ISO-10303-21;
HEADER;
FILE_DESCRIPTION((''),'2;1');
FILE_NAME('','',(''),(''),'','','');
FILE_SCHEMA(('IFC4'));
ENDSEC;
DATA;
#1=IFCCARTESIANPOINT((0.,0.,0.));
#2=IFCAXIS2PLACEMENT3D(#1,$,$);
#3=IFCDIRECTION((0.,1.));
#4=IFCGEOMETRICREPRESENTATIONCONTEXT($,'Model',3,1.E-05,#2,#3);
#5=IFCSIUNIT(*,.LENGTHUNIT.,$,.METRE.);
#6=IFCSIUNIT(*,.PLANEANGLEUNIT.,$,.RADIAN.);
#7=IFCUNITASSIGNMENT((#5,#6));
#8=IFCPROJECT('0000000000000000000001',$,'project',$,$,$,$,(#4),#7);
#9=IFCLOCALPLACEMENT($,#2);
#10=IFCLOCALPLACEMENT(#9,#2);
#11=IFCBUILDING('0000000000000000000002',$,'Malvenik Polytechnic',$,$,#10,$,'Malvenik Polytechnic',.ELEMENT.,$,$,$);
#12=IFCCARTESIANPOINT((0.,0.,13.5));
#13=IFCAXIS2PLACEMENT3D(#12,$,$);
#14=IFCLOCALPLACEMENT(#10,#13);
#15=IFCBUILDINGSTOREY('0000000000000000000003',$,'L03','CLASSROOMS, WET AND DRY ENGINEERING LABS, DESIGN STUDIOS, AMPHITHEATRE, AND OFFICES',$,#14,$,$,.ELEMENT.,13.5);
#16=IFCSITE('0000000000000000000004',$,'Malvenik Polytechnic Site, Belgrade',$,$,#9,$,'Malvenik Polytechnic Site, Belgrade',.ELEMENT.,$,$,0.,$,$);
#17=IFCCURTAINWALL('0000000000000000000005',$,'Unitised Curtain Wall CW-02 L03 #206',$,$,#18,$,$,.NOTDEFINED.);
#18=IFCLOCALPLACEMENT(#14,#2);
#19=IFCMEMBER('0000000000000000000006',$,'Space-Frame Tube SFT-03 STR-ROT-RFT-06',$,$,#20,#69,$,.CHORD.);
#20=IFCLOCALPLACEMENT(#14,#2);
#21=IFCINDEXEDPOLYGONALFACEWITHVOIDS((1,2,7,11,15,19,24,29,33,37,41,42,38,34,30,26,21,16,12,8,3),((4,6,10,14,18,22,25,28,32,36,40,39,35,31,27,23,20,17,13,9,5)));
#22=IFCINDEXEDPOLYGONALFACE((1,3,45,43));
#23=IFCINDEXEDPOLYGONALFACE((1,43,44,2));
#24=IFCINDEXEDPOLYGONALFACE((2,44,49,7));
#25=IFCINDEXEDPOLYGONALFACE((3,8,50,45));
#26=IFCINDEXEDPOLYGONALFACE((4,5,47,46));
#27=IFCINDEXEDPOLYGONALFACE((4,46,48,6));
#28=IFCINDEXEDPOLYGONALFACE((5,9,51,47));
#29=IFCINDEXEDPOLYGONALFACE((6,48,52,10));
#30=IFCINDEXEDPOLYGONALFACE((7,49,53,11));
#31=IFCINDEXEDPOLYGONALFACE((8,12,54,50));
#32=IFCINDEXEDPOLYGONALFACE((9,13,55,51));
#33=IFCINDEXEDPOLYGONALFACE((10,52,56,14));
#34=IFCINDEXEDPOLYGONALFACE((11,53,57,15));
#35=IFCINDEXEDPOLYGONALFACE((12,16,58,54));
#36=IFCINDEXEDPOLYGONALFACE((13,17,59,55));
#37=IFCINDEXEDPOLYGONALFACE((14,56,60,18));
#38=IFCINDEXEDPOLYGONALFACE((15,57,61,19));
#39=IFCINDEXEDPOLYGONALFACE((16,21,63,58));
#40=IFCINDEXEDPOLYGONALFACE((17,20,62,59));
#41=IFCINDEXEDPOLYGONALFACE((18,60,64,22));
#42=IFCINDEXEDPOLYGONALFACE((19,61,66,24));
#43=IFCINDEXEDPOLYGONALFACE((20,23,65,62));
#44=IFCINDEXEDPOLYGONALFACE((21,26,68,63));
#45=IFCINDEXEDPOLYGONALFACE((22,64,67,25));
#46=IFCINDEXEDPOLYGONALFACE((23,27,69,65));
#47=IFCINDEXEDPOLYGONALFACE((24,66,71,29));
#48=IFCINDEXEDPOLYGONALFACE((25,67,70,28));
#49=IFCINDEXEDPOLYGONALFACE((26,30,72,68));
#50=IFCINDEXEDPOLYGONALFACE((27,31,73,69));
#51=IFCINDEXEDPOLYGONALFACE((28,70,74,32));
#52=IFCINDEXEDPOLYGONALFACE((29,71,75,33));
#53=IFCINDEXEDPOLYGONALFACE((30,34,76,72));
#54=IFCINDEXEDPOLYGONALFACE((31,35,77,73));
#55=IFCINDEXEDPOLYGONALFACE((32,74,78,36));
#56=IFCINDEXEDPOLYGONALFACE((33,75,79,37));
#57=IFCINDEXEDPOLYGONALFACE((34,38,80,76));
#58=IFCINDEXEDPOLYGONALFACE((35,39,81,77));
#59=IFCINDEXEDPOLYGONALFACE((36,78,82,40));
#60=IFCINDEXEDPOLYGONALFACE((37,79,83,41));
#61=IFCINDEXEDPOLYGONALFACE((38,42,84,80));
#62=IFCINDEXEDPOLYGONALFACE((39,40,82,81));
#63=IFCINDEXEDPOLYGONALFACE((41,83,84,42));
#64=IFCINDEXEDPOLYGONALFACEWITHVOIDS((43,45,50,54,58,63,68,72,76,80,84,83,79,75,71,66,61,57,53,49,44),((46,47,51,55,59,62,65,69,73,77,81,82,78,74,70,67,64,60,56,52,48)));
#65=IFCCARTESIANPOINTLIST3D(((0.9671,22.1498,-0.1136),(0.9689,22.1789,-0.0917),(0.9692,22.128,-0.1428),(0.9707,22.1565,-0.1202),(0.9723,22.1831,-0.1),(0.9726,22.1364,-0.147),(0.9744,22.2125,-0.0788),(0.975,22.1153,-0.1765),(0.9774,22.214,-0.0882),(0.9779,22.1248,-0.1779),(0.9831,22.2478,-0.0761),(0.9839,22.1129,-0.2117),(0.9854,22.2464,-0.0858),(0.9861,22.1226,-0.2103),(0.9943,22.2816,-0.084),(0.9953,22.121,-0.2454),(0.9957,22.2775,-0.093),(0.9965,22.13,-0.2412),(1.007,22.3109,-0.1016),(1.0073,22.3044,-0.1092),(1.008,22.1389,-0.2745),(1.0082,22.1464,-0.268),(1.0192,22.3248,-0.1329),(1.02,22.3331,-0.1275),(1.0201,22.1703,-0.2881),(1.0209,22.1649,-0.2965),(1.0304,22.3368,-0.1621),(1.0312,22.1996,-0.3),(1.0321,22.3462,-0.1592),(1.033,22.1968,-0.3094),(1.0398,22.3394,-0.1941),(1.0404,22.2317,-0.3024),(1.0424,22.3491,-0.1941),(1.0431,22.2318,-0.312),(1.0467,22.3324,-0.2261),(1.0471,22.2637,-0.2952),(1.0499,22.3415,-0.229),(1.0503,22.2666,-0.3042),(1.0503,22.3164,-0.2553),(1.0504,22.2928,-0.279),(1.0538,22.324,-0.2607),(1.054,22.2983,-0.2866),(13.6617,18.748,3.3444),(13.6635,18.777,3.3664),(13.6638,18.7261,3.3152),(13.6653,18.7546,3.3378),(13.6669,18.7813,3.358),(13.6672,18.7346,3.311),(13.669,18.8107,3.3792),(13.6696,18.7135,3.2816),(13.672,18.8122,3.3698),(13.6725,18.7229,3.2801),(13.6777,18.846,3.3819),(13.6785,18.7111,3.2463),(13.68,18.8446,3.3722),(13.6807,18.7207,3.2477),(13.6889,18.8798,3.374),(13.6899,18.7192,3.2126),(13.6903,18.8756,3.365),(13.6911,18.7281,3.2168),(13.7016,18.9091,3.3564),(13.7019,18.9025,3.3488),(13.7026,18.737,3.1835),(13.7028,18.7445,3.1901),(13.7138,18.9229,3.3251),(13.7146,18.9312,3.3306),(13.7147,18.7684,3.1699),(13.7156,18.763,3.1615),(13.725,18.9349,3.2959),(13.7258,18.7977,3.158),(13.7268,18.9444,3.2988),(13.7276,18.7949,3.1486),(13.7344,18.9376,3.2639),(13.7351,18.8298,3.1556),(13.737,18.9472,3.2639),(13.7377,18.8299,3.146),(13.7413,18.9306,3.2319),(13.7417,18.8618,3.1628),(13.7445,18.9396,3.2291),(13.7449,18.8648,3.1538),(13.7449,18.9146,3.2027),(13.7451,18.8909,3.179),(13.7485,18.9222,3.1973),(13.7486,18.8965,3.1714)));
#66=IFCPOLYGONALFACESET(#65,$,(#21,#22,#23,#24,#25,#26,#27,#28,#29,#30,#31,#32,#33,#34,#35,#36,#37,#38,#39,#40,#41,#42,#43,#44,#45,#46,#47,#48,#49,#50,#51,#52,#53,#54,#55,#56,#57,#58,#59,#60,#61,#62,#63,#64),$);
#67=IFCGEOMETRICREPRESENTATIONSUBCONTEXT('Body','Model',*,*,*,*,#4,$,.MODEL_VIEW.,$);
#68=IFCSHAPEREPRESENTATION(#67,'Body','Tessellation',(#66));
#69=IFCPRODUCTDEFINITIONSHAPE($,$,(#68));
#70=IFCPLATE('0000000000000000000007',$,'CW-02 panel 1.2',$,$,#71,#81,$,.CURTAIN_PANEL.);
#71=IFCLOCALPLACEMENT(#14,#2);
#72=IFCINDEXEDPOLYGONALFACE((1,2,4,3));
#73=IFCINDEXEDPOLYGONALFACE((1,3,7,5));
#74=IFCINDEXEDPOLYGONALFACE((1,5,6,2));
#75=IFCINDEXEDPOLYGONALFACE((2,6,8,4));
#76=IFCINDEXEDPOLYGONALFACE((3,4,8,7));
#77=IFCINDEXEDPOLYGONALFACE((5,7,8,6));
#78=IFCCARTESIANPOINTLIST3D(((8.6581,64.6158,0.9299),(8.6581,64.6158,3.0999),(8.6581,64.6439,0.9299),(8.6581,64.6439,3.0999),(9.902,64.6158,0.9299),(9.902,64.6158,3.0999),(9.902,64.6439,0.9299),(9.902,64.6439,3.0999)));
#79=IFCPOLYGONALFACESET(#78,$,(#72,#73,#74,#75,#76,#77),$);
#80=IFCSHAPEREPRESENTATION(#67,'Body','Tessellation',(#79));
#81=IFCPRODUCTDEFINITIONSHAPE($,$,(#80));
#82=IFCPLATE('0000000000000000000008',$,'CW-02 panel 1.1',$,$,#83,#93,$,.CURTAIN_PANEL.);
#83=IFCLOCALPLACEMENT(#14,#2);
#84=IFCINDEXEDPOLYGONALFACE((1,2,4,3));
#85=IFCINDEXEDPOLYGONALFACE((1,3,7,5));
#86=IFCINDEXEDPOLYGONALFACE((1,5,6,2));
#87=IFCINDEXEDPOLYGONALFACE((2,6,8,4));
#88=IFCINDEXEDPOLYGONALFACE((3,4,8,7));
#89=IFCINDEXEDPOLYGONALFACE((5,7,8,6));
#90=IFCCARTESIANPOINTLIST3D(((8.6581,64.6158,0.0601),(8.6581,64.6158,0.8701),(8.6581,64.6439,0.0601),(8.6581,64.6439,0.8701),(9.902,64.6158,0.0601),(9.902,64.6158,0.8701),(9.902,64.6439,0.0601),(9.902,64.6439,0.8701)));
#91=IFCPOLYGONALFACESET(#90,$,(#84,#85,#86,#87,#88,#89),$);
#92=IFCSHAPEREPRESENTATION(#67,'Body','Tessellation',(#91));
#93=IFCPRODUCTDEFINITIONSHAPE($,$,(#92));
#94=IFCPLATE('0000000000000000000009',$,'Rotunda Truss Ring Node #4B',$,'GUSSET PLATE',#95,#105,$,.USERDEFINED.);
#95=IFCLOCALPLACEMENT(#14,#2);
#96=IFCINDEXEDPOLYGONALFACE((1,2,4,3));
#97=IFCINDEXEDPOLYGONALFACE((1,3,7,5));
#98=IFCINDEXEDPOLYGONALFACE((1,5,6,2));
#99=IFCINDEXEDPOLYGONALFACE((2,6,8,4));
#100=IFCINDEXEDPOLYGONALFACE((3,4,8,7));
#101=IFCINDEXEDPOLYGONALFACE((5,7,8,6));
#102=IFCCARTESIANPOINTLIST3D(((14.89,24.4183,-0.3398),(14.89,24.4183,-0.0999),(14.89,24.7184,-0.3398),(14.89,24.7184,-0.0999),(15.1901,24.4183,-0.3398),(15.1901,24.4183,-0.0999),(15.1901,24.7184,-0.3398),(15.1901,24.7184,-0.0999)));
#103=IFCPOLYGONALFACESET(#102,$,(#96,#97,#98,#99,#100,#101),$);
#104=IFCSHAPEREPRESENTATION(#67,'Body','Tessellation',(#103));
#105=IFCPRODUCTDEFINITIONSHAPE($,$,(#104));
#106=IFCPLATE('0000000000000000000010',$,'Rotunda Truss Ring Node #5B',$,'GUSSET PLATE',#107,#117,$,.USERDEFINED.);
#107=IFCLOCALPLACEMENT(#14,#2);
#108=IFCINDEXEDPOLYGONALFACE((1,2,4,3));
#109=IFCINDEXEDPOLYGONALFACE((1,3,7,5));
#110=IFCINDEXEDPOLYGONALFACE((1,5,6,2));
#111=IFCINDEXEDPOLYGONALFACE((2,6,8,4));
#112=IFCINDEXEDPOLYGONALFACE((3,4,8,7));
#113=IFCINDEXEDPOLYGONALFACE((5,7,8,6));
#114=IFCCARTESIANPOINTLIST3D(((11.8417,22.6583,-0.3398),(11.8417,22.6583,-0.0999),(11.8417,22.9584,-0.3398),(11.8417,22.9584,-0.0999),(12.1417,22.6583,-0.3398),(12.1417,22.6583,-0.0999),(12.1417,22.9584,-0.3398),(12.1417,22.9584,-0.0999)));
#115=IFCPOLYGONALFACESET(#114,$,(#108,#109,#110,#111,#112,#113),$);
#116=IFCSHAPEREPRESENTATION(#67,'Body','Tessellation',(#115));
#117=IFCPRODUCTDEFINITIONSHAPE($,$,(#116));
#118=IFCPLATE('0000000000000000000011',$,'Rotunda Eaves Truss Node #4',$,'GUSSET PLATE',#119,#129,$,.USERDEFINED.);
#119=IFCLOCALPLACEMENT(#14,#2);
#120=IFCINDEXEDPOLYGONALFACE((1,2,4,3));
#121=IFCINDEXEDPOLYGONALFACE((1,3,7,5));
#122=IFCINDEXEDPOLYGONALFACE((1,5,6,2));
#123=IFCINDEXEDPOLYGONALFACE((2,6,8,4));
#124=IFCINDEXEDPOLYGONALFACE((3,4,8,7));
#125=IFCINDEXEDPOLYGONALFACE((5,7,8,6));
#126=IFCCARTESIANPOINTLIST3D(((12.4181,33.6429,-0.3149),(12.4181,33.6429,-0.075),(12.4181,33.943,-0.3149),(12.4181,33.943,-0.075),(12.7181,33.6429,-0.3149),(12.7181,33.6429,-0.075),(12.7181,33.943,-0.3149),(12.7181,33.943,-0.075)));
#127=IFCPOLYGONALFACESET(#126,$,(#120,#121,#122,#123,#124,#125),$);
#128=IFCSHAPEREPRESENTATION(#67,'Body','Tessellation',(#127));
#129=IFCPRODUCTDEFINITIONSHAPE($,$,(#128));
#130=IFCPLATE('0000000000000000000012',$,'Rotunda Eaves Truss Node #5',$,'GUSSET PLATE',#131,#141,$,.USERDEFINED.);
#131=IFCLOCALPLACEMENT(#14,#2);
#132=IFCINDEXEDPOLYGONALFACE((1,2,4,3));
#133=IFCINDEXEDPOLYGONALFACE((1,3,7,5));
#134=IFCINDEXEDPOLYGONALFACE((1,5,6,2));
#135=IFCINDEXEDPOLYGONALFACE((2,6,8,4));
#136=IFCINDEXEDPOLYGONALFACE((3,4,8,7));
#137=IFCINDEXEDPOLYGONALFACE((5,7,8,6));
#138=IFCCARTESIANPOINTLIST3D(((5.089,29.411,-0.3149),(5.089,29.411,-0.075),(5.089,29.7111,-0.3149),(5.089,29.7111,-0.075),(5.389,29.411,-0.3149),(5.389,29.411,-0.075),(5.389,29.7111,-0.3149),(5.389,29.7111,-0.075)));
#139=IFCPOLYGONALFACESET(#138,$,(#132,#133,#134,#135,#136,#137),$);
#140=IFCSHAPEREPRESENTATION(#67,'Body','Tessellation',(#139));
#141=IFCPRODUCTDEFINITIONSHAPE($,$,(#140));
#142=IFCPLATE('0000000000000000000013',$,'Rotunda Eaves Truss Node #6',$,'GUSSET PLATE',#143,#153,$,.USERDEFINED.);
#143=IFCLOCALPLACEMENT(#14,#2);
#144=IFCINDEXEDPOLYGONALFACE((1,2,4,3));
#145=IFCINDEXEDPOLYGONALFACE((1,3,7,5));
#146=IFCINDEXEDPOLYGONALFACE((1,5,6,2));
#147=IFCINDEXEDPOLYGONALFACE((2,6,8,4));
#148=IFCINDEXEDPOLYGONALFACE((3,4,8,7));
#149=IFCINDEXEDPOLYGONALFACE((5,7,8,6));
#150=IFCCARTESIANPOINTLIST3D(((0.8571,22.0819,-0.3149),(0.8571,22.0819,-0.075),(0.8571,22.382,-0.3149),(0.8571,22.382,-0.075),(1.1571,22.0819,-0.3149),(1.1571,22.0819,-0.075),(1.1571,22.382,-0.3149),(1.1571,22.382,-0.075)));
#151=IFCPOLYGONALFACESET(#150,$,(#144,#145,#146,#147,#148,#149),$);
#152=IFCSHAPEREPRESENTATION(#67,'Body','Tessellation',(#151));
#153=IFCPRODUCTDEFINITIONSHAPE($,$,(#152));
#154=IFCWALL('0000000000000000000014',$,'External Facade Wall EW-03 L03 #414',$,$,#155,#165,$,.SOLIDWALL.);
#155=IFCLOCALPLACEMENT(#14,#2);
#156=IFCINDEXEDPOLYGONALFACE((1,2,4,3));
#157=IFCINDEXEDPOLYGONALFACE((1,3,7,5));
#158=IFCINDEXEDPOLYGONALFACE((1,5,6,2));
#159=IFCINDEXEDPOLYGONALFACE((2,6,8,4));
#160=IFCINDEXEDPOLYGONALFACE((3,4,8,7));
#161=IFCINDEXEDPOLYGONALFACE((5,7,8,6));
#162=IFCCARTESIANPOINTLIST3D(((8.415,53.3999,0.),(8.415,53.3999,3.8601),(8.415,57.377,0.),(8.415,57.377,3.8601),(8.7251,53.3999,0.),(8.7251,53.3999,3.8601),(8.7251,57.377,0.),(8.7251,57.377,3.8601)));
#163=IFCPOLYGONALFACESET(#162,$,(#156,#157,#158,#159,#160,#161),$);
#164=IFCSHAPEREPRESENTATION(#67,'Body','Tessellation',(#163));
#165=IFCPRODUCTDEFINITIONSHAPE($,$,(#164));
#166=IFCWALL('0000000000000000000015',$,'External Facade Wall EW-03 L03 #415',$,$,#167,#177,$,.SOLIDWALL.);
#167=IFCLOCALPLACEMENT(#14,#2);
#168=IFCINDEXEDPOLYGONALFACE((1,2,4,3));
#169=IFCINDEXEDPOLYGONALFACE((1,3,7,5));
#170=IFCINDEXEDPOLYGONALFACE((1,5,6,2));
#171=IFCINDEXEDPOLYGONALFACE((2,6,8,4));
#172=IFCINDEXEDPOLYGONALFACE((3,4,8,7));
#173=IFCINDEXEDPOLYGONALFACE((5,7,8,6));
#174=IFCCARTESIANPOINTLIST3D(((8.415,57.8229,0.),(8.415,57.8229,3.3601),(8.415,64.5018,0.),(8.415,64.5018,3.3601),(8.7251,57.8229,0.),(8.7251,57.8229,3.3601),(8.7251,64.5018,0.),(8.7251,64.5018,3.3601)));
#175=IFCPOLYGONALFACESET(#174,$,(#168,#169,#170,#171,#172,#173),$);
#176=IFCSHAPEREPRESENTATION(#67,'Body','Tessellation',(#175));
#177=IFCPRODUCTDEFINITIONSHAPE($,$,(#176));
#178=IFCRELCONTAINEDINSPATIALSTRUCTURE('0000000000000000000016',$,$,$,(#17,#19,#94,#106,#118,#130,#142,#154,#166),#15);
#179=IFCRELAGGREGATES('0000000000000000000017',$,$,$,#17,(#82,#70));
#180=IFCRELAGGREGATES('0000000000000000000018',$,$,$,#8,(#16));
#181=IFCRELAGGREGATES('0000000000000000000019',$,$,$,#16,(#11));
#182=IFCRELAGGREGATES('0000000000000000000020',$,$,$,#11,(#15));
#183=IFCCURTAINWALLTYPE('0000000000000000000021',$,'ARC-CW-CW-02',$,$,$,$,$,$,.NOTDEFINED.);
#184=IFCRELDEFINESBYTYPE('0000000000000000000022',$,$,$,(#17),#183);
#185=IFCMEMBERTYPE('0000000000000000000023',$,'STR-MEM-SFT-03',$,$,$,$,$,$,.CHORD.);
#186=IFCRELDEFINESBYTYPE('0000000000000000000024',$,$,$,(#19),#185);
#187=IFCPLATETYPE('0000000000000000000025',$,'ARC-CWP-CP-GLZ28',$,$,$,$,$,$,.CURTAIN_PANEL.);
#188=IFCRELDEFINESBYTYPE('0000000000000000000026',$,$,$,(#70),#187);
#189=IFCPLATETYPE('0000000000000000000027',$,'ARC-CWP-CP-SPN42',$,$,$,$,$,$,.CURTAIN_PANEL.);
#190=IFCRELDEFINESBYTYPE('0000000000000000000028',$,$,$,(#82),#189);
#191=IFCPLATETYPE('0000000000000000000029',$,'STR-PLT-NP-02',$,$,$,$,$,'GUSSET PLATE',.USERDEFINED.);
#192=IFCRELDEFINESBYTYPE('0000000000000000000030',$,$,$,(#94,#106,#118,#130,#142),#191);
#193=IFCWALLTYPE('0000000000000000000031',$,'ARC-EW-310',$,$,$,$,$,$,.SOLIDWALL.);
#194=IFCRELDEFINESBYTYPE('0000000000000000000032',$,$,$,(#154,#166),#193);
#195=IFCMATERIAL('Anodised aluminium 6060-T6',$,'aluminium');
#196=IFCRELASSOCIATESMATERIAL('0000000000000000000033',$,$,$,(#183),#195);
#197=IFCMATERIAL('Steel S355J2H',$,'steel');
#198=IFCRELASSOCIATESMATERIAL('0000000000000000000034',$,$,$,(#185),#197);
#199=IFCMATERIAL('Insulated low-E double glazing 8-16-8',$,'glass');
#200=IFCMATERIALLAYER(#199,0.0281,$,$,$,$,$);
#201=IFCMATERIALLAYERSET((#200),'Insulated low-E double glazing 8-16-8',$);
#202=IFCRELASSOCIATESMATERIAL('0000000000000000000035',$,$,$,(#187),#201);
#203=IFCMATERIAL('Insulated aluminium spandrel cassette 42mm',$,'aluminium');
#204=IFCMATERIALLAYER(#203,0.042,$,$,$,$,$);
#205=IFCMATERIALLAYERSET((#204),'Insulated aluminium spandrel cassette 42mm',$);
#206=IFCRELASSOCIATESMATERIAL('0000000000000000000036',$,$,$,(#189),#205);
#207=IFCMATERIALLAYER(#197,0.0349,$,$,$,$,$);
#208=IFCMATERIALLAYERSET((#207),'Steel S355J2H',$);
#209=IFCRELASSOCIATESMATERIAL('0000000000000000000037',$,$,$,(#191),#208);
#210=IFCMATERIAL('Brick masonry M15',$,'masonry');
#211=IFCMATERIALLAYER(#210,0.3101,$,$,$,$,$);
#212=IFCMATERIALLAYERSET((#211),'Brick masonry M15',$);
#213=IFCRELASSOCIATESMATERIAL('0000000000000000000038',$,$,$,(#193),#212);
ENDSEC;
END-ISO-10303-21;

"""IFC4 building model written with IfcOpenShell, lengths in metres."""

from ifc_helpers import new_model, si_unit, direction, frame, frame_2d, origin, origin_2d, place, context, subcontext, project, spatial, rectangle, hollow_circle, extrude, material, layer, layer_set, material_profile, profile_set, type_object, element, aggregate, save


model = new_model("IFC4")

# Units and contexts
model_context = context("Model", 3, precision=1e-05, world=origin(), true_north=direction((0.0, 1.0)))
body_context = subcontext(model_context, "Body", "Model", "MODEL_VIEW")
ifc_project = project(units=[si_unit("LENGTHUNIT", "METRE"), si_unit("PLANEANGLEUNIT", "RADIAN")], contexts=[model_context])

# Site, building, storey
site_placement = place(None, origin())
site = spatial("IfcSite", under=ifc_project, at=site_placement, Name="Malvenik Polytechnic Site, Belgrade", LongName="Malvenik Polytechnic Site, Belgrade", CompositionType="ELEMENT", RefElevation=0.0)
building_placement = place(site_placement, origin())
building = spatial("IfcBuilding", under=site, at=building_placement, Name="Malvenik Polytechnic", LongName="Malvenik Polytechnic", CompositionType="ELEMENT")
storey_placement = place(building_placement, frame((0.0, 0.0, 13.5)))
storey = spatial("IfcBuildingStorey", under=building, at=storey_placement, Name="L03", Description="CLASSROOMS, WET AND DRY ENGINEERING LABS, DESIGN STUDIOS, AMPHITHEATRE, AND OFFICES", CompositionType="ELEMENT", Elevation=13.5)

# Curtain wall
ifc_material_1 = material(Name="Anodised aluminium 6060-T6", Category="aluminium")
curtain_wall_type = type_object("IfcCurtainWallType", Name="ARC-CW-CW-02", PredefinedType="NOTDEFINED", material=ifc_material_1)
curtain_wall_placement = place(storey_placement, origin())
curtain_wall = element("IfcCurtainWall", 1, at=curtain_wall_placement, inside=storey, type_object=curtain_wall_type, Name="Unitised Curtain Wall CW-02 L03 #206", PredefinedType="NOTDEFINED")

# Member
ifc_material_2 = material(Name="Steel S355J2H", Category="steel")
ifc_material_profile_1 = material_profile(ifc_material_2, hollow_circle(Radius=0.1223, WallThickness=0.01, at=origin_2d()), Name="CHS 244.5x10.0")
ifc_profile_set_1 = profile_set([ifc_material_profile_1], Name="Steel S355J2H")
member_type_1 = type_object("IfcMemberType", Name="STR-MEM-SFT-03", PredefinedType="CHORD", material=ifc_profile_set_1)
member_1_placement = place(storey_placement, frame((1.0107, 22.231, -0.1941), z_axis=(0.934125, -0.250324, 0.254456), x_axis=(0.258844, 0.965919, 0.0)))
element("IfcMember", 2, at=member_1_placement, inside=storey, type_object=member_type_1, Name="Space-Frame Tube SFT-03 STR-ROT-RFT-06", PredefinedType="CHORD", context=body_context, shape_type="SweptSolid", body=[
    extrude(hollow_circle(Radius=0.1223, WallThickness=0.01, at=origin_2d()), origin(), (0.0, 0.0, 1.0), 13.5898),
])

# Plates
ifc_material_3 = material(Name="Insulated low-E double glazing 8-16-8", Category="glass")
ifc_layer_1 = layer(ifc_material_3, 0.0281)
ifc_layer_set_1 = layer_set([ifc_layer_1], Name="Insulated low-E double glazing 8-16-8")
plate_type_1 = type_object("IfcPlateType", Name="ARC-CWP-CP-GLZ28", PredefinedType="CURTAIN_PANEL", material=ifc_layer_set_1)
plate_1_placement = place(storey_placement, frame((9.28, 64.6299, 0.9299), z_axis=(0.0, 0.0, 1.0), x_axis=(1.0, 0.0, 0.0)))
plate_1 = element("IfcPlate", 3, at=plate_1_placement, type_object=plate_type_1, Name="CW-02 panel 1.2", PredefinedType="CURTAIN_PANEL", context=body_context, shape_type="SweptSolid", body=[
    extrude(rectangle(XDim=1.2439, YDim=0.0281, at=origin_2d()), origin(), (0.0, 0.0, 1.0), 2.1699),
])
ifc_material_4 = material(Name="Insulated aluminium spandrel cassette 42mm", Category="aluminium")
ifc_layer_2 = layer(ifc_material_4, 0.042)
ifc_layer_set_2 = layer_set([ifc_layer_2], Name="Insulated aluminium spandrel cassette 42mm")
plate_type_2 = type_object("IfcPlateType", Name="ARC-CWP-CP-SPN42", PredefinedType="CURTAIN_PANEL", material=ifc_layer_set_2)
plate_2_placement = place(storey_placement, frame((9.28, 64.6299, 0.0601), z_axis=(0.0, 0.0, 1.0), x_axis=(1.0, 0.0, 0.0)))
plate_2 = element("IfcPlate", 4, at=plate_2_placement, type_object=plate_type_2, Name="CW-02 panel 1.1", PredefinedType="CURTAIN_PANEL", context=body_context, shape_type="SweptSolid", body=[
    extrude(rectangle(XDim=1.2439, YDim=0.0281, at=origin_2d()), origin(), (0.0, 0.0, 1.0), 0.8101),
])
aggregate(curtain_wall, [plate_2, plate_1])

# Plates
ifc_layer_3 = layer(ifc_material_2, 0.0349)
ifc_layer_set_3 = layer_set([ifc_layer_3], Name="Steel S355J2H")
plate_type_3 = type_object("IfcPlateType", Name="STR-PLT-NP-02", ElementType="GUSSET PLATE", PredefinedType="USERDEFINED", material=ifc_layer_set_3)
for number, where, z_axis, x_axis, name in (
    (5, (15.04, 24.5684, -0.3398), (0.0, 0.0, 1.0), (1.0, 0.0, 0.0), "Rotunda Truss Ring Node #4B"),
    (6, (11.9917, 22.8083, -0.3398), (0.0, 0.0, 1.0), (1.0, 0.0, 0.0), "Rotunda Truss Ring Node #5B"),
    (7, (12.5681, 33.793, -0.3149), (0.0, 0.0, 1.0), (1.0, 0.0, 0.0), "Rotunda Eaves Truss Node #4"),
    (8, (5.239, 29.561, -0.3149), (0.0, 0.0, 1.0), (1.0, 0.0, 0.0), "Rotunda Eaves Truss Node #5"),
    (9, (1.0071, 22.2319, -0.3149), (0.0, 0.0, 1.0), (1.0, 0.0, 0.0), "Rotunda Eaves Truss Node #6"),
):
    element("IfcPlate", number, at=place(storey_placement, frame(where, z_axis=z_axis, x_axis=x_axis)), inside=storey, type_object=plate_type_3, Name=name, ObjectType="GUSSET PLATE", PredefinedType="USERDEFINED", context=body_context, shape_type="SweptSolid", body=[
        extrude(rectangle(XDim=0.3, YDim=0.3, at=origin_2d()), origin(), (0.0, 0.0, 1.0), 0.24),
    ])

# Walls
ifc_material_5 = material(Name="Brick masonry M15", Category="masonry")
ifc_layer_4 = layer(ifc_material_5, 0.3101)
ifc_layer_set_4 = layer_set([ifc_layer_4], Name="Brick masonry M15")
wall_type_1 = type_object("IfcWallType", Name="ARC-EW-310", PredefinedType="SOLIDWALL", material=ifc_layer_set_4)
wall_1_placement = place(storey_placement, frame((8.5701, 53.3999, 0.0), z_axis=(0.0, 0.0, 1.0), x_axis=(0.0, 1.0, 0.0)))
element("IfcWall", 10, at=wall_1_placement, inside=storey, type_object=wall_type_1, Name="External Facade Wall EW-03 L03 #414", PredefinedType="SOLIDWALL", context=body_context, shape_type="SweptSolid", body=[
    extrude(rectangle(XDim=3.9771, YDim=0.3101, at=frame_2d((1.9885, 0.0))), origin(), (0.0, 0.0, 1.0), 3.8601),
])
wall_2_placement = place(storey_placement, frame((8.5701, 57.823, 0.0), z_axis=(0.0, 0.0, 1.0), x_axis=(0.0, 1.0, 0.0)))
element("IfcWall", 11, at=wall_2_placement, inside=storey, type_object=wall_type_1, Name="External Facade Wall EW-03 L03 #415", PredefinedType="SOLIDWALL", context=body_context, shape_type="SweptSolid", body=[
    extrude(rectangle(XDim=6.679, YDim=0.3101, at=frame_2d((3.3394, 0.0))), origin(), (0.0, 0.0, 1.0), 3.3601),
])

save(model, "model.ifc")
